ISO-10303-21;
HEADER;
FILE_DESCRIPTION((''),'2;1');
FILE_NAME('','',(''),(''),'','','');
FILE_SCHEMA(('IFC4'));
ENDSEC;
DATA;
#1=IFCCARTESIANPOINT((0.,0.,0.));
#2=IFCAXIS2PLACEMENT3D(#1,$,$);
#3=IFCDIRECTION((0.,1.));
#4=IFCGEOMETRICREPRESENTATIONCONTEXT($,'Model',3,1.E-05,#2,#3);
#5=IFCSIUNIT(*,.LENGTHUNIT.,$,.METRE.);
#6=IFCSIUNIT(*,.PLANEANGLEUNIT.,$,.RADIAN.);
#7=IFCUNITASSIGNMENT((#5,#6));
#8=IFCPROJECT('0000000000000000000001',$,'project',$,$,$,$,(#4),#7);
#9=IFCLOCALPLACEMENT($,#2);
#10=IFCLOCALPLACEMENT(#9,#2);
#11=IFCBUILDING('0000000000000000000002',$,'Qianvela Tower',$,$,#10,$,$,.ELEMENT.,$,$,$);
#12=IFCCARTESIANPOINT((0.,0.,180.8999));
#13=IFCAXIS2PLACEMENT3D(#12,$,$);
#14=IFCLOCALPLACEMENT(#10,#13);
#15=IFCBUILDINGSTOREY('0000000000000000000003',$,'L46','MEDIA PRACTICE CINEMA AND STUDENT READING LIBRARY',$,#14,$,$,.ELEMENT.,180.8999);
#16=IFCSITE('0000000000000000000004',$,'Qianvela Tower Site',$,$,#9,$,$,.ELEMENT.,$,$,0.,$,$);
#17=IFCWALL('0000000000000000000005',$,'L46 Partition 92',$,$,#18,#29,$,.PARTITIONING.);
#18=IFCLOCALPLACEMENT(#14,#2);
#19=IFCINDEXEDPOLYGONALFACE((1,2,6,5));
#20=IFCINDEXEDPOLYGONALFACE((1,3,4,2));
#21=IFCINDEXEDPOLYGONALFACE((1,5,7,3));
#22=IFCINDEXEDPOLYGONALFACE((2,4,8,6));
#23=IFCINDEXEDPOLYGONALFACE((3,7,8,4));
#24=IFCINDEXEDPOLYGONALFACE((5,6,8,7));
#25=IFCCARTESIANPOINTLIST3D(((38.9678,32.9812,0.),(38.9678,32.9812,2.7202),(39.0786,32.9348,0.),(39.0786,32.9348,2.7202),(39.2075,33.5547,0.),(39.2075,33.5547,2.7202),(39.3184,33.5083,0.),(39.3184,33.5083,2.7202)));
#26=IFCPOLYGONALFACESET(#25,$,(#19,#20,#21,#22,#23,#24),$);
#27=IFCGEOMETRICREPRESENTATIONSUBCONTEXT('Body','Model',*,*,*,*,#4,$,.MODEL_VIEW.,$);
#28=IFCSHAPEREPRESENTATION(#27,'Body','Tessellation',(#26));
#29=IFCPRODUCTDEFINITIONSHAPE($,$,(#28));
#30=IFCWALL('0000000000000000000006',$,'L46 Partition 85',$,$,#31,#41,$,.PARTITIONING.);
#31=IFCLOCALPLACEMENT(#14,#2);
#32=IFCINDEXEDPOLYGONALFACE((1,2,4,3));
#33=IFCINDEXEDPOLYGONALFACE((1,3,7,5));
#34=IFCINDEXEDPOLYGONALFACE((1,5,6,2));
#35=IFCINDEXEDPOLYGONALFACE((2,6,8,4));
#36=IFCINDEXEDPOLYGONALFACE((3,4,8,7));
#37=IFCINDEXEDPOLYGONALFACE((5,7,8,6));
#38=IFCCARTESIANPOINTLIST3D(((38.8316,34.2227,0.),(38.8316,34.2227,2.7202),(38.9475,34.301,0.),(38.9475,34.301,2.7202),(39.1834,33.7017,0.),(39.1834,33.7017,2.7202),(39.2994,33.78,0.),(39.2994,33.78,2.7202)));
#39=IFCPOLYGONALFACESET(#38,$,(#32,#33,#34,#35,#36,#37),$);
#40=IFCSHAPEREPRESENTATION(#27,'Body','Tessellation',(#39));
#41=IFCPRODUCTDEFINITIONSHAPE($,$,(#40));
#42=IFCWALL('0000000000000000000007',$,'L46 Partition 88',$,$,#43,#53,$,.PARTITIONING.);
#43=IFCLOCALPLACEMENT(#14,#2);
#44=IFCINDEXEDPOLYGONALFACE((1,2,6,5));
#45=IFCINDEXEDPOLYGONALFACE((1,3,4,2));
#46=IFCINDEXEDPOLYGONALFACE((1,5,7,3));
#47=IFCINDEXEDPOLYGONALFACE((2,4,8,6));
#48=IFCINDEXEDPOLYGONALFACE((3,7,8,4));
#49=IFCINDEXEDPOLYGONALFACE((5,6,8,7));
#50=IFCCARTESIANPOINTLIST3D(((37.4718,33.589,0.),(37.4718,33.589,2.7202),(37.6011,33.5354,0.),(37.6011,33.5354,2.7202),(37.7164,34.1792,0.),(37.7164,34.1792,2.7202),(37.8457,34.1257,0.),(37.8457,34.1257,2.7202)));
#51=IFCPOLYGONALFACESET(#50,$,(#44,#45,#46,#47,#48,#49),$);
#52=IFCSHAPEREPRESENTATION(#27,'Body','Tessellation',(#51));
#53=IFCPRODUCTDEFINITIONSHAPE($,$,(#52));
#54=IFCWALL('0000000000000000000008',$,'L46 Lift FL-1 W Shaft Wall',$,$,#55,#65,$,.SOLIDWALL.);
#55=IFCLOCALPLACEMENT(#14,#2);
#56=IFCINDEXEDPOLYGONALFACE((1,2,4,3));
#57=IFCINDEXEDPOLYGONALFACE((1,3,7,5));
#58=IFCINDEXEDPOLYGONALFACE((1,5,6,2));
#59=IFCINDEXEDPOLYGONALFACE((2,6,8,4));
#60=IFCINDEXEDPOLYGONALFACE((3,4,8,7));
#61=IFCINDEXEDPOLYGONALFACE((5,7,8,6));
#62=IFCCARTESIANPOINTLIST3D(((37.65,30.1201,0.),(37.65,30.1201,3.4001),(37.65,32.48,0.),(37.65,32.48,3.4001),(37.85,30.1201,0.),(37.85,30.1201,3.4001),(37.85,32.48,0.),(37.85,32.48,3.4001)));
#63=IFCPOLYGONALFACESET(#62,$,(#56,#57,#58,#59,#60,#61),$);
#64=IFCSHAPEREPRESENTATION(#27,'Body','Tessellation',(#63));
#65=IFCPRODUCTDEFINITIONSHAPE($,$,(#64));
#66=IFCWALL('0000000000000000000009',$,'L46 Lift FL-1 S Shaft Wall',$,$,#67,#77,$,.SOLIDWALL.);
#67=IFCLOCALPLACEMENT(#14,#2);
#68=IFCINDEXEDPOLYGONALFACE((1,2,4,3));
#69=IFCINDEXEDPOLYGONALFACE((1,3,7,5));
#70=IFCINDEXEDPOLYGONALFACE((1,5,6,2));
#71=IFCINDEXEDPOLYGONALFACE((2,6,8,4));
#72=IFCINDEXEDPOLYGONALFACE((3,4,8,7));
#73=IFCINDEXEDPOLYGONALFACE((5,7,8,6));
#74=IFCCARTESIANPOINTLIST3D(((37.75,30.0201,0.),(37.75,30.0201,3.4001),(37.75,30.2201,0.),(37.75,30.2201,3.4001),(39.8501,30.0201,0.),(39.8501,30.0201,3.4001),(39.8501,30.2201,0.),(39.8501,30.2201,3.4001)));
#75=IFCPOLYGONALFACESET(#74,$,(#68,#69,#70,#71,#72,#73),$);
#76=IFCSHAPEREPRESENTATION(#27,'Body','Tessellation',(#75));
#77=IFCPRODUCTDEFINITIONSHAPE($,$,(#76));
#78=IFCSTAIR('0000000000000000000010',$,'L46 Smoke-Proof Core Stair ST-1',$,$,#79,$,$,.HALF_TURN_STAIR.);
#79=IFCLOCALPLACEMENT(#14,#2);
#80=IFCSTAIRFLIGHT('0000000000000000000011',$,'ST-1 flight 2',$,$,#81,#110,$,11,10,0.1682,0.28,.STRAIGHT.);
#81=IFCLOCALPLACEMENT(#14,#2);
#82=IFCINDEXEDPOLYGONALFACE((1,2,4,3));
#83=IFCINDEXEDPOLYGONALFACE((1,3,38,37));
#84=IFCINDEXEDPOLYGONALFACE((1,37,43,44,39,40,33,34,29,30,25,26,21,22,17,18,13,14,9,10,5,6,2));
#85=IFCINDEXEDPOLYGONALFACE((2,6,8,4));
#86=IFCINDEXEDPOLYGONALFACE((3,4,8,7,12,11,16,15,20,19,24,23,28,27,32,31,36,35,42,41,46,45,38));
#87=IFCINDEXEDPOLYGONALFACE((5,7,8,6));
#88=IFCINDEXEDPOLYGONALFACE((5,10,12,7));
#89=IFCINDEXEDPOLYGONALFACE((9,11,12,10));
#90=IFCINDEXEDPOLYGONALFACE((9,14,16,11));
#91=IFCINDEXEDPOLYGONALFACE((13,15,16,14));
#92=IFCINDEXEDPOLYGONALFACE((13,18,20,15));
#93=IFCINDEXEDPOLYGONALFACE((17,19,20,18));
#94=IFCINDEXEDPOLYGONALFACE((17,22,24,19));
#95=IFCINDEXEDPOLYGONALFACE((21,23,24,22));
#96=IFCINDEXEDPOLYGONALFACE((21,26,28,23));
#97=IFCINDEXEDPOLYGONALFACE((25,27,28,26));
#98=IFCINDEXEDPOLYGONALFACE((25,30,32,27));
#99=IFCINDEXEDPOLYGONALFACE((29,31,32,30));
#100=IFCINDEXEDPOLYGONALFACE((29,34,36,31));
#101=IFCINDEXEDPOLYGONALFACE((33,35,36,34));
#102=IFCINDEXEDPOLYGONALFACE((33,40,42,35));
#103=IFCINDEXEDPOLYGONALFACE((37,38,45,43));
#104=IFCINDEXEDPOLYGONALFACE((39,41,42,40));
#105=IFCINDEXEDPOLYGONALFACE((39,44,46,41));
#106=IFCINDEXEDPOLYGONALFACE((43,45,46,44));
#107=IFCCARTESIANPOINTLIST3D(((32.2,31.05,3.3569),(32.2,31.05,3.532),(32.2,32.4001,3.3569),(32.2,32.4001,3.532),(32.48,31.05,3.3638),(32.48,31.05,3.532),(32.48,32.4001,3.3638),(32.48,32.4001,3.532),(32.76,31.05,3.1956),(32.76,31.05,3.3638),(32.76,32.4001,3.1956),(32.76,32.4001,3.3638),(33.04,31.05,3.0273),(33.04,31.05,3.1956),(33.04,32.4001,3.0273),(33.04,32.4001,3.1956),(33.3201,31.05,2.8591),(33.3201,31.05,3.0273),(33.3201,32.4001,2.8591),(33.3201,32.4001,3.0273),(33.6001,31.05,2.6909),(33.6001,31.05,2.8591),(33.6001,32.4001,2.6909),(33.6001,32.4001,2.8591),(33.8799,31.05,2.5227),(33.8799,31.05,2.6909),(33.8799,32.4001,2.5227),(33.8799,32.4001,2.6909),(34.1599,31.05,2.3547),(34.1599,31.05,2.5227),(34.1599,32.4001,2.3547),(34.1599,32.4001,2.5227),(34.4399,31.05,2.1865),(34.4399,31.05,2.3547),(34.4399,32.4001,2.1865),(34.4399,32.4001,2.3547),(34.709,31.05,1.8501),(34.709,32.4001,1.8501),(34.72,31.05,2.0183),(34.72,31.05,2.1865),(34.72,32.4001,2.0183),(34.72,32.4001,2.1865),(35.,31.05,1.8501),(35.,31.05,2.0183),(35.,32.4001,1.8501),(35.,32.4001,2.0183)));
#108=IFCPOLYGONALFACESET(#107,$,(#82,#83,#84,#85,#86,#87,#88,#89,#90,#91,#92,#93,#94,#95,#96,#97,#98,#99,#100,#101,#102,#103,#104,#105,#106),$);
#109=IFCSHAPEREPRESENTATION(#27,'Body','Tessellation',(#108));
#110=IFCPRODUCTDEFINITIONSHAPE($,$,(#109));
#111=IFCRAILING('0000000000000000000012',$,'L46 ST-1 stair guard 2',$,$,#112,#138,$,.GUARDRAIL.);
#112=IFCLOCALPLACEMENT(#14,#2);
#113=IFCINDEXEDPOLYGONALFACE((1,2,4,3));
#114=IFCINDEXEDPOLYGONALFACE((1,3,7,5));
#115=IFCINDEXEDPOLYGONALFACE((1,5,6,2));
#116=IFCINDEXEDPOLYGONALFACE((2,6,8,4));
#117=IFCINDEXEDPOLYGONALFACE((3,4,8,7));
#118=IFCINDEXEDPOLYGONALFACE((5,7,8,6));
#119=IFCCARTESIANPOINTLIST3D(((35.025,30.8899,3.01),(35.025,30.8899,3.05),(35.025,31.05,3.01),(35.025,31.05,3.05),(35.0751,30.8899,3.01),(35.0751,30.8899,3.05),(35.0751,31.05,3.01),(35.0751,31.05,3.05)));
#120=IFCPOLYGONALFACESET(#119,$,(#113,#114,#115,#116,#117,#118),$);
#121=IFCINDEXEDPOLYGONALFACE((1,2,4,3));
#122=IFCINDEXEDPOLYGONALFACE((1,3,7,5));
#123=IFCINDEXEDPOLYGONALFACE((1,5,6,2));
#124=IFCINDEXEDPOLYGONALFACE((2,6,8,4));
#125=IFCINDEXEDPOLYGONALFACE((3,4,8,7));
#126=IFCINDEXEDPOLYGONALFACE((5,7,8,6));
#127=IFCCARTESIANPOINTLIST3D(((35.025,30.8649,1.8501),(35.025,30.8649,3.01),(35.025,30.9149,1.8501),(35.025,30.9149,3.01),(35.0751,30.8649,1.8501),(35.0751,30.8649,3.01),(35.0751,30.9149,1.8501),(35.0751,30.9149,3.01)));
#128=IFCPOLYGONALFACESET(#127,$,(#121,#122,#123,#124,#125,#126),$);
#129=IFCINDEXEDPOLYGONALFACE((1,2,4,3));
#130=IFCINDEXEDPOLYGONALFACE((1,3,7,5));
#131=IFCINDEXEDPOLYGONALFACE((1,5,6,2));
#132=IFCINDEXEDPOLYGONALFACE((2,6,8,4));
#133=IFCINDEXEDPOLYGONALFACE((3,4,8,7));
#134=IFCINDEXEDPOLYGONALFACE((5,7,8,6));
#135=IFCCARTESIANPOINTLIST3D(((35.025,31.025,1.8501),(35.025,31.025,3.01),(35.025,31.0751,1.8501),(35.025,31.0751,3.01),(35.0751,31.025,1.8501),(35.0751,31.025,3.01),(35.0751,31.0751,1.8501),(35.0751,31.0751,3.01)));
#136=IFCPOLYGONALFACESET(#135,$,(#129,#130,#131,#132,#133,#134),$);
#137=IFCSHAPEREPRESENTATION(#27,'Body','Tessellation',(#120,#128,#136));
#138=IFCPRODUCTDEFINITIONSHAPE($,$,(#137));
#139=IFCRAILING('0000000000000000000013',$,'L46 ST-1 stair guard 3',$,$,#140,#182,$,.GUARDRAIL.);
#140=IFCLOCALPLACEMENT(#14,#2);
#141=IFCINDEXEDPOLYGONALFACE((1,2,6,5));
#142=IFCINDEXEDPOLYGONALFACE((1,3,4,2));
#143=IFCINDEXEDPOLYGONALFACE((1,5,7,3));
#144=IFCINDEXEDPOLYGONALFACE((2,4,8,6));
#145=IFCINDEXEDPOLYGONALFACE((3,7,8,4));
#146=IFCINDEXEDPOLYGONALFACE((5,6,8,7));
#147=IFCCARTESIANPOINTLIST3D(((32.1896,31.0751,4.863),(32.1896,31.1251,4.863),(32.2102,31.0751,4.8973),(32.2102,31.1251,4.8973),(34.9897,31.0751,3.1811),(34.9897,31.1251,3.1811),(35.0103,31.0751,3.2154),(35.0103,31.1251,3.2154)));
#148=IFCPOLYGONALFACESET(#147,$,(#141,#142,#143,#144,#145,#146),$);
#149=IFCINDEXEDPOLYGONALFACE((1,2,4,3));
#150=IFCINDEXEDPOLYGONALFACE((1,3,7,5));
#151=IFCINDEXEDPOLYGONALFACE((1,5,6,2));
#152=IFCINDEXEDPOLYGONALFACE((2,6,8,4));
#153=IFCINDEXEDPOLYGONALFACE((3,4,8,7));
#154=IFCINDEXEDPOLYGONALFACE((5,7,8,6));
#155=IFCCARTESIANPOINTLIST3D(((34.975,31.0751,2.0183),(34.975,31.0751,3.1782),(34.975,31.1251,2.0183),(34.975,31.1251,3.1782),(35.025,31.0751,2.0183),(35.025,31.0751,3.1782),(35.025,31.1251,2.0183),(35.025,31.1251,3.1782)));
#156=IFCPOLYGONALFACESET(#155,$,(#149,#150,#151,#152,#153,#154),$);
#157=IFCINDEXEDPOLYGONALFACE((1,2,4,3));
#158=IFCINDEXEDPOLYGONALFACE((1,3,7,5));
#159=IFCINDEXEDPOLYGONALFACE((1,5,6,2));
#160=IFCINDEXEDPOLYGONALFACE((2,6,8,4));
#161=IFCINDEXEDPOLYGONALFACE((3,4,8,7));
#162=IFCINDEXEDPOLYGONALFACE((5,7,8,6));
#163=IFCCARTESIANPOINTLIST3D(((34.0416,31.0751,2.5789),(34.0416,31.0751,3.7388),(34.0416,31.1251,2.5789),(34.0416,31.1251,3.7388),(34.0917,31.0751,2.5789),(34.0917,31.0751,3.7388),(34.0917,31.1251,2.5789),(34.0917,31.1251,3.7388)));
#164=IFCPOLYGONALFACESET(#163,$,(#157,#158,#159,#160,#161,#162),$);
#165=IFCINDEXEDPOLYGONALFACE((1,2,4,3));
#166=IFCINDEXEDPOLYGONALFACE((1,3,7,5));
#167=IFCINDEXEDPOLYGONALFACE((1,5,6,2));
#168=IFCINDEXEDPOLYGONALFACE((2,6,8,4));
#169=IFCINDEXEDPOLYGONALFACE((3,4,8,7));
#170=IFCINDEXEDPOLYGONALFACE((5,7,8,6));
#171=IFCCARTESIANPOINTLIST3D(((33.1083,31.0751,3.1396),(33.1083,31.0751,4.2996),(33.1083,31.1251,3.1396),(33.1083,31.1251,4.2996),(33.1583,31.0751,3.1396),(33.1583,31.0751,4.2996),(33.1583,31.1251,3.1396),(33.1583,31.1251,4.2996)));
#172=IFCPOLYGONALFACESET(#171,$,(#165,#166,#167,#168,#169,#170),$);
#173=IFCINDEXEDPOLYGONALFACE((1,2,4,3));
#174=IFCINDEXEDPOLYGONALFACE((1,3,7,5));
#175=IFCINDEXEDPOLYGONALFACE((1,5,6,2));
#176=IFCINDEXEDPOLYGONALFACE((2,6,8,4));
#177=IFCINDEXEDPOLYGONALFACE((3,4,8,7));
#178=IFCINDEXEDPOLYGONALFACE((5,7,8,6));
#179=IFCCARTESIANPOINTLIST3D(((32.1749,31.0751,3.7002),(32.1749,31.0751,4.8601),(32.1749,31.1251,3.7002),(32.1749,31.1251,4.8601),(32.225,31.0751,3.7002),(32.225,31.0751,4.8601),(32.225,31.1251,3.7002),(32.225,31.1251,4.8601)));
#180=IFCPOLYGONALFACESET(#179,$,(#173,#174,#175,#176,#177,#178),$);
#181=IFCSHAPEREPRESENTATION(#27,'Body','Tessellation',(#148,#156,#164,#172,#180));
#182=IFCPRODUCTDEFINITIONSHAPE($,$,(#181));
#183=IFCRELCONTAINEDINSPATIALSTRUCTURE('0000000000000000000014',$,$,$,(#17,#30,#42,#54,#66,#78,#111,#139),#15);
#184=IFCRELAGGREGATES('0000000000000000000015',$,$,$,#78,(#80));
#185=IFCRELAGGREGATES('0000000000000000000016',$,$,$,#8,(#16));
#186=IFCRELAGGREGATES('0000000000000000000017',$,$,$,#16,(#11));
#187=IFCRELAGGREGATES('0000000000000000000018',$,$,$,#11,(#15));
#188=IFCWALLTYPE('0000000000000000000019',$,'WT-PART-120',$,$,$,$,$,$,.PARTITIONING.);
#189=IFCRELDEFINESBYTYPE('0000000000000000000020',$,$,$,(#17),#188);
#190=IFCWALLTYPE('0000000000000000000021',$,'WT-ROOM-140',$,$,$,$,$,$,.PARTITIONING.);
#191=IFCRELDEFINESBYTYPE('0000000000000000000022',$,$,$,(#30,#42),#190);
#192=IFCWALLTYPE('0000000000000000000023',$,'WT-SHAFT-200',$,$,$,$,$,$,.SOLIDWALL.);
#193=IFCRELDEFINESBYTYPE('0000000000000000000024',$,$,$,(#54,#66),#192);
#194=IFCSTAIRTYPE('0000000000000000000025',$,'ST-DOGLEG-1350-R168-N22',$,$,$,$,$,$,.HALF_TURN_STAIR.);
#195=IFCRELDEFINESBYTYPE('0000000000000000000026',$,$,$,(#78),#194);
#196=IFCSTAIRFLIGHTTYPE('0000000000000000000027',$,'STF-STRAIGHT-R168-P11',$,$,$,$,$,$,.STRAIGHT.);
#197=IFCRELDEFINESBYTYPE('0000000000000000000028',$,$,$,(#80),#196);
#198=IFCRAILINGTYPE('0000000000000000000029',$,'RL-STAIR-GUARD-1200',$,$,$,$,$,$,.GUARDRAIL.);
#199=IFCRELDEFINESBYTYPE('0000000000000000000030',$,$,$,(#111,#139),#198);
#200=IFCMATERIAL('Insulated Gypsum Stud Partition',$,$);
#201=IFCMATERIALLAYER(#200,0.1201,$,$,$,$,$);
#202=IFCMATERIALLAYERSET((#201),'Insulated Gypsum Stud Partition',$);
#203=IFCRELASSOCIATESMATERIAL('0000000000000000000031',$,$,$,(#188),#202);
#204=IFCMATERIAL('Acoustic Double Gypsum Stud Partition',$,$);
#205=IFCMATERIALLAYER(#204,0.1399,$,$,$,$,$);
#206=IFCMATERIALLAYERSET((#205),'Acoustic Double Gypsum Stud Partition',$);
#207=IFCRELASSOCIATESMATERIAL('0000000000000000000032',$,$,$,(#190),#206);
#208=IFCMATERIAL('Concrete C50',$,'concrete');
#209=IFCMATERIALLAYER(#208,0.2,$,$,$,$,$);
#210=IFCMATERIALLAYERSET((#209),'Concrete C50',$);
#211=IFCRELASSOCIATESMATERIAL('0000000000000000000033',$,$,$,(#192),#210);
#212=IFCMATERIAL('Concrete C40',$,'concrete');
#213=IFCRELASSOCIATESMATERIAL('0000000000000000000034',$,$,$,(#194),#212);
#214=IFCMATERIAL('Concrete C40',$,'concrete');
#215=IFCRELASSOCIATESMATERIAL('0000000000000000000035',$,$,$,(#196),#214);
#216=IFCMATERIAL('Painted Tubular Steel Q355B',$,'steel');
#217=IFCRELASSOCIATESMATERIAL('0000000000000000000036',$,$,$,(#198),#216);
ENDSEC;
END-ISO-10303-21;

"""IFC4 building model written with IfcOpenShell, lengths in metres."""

from ifc_helpers import new_model, si_unit, direction, frame, frame_2d, origin, origin_2d, place, context, subcontext, project, spatial, polyline, rectangle, outline, extrude, material, layer, layer_set, type_object, element, aggregate, save


model = new_model("IFC4")

# Units and contexts
model_context = context("Model", 3, precision=1e-05, world=origin(), true_north=direction((0.0, 1.0)))
body_context = subcontext(model_context, "Body", "Model", "MODEL_VIEW")
ifc_project = project(units=[si_unit("LENGTHUNIT", "METRE"), si_unit("PLANEANGLEUNIT", "RADIAN")], contexts=[model_context])

# Site, building, storey
site_placement = place(None, origin())
site = spatial("IfcSite", under=ifc_project, at=site_placement, Name="Qianvela Tower Site", CompositionType="ELEMENT", RefElevation=0.0)
building_placement = place(site_placement, origin())
building = spatial("IfcBuilding", under=site, at=building_placement, Name="Qianvela Tower", CompositionType="ELEMENT")
storey_placement = place(building_placement, frame((0.0, 0.0, 180.8999)))
storey = spatial("IfcBuildingStorey", under=building, at=storey_placement, Name="L46", Description="MEDIA PRACTICE CINEMA AND STUDENT READING LIBRARY", CompositionType="ELEMENT", Elevation=180.8999)

# Walls
ifc_material_1 = material(Name="Insulated Gypsum Stud Partition")
ifc_layer_1 = layer(ifc_material_1, 0.1201)
ifc_layer_set_1 = layer_set([ifc_layer_1], Name="Insulated Gypsum Stud Partition")
wall_type_1 = type_object("IfcWallType", Name="WT-PART-120", PredefinedType="PARTITIONING", material=ifc_layer_set_1)
wall_1_placement = place(storey_placement, frame((39.0232, 32.958, 0.0), z_axis=(0.0, 0.0, 1.0), x_axis=(0.385703, 0.922623, 0.0)))
element("IfcWall", 1, at=wall_1_placement, inside=storey, type_object=wall_type_1, Name="L46 Partition 92", PredefinedType="PARTITIONING", context=body_context, shape_type="SweptSolid", body=[
    extrude(rectangle(XDim=0.6216, YDim=0.1201, at=frame_2d((0.3108, 0.0))), origin(), (0.0, 0.0, 1.0), 2.7202),
])
ifc_material_2 = material(Name="Acoustic Double Gypsum Stud Partition")
ifc_layer_2 = layer(ifc_material_2, 0.1399)
ifc_layer_set_2 = layer_set([ifc_layer_2], Name="Acoustic Double Gypsum Stud Partition")
wall_type_2 = type_object("IfcWallType", Name="WT-ROOM-140", PredefinedType="PARTITIONING", material=ifc_layer_set_2)
wall_2_placement = place(storey_placement, frame((39.2415, 33.7407, 0.0), z_axis=(0.0, 0.0, 1.0), x_axis=(-0.55962, 0.82875, 0.0)))
element("IfcWall", 2, at=wall_2_placement, inside=storey, type_object=wall_type_2, Name="L46 Partition 85", PredefinedType="PARTITIONING", context=body_context, shape_type="SweptSolid", body=[
    extrude(rectangle(XDim=0.6287, YDim=0.1399, at=frame_2d((0.3145, 0.0))), origin(), (0.0, 0.0, 1.0), 2.7202),
])
wall_3_placement = place(storey_placement, frame((37.781, 34.1523, 0.0), z_axis=(0.0, 0.0, 1.0), x_axis=(-0.382824, -0.923821, 0.0)))
element("IfcWall", 3, at=wall_3_placement, inside=storey, type_object=wall_type_2, Name="L46 Partition 88", PredefinedType="PARTITIONING", context=body_context, shape_type="SweptSolid", body=[
    extrude(rectangle(XDim=0.6389, YDim=0.1399, at=frame_2d((0.3193, 0.0))), origin(), (0.0, 0.0, 1.0), 2.7202),
])

# Shared definitions
ifc_material_3 = material(Name="Concrete C50", Category="concrete")
ifc_layer_3 = layer(ifc_material_3, 0.2)
ifc_layer_set_3 = layer_set([ifc_layer_3], Name="Concrete C50")
wall_type_3 = type_object("IfcWallType", Name="WT-SHAFT-200", PredefinedType="SOLIDWALL", material=ifc_layer_set_3)

# Walls
wall_4_placement = place(storey_placement, frame((37.75, 30.1201, 0.0), z_axis=(0.0, 0.0, 1.0), x_axis=(0.0, 1.0, 0.0)))
element("IfcWall", 4, at=wall_4_placement, inside=storey, type_object=wall_type_3, Name="L46 Lift FL-1 W Shaft Wall", PredefinedType="SOLIDWALL", context=body_context, shape_type="SweptSolid", body=[
    extrude(rectangle(XDim=2.3599, YDim=0.2, at=frame_2d((1.1799, 0.0))), origin(), (0.0, 0.0, 1.0), 3.4001),
])
wall_5_placement = place(storey_placement, frame((37.75, 30.1201, 0.0), z_axis=(0.0, 0.0, 1.0), x_axis=(1.0, 0.0, 0.0)))
element("IfcWall", 5, at=wall_5_placement, inside=storey, type_object=wall_type_3, Name="L46 Lift FL-1 S Shaft Wall", PredefinedType="SOLIDWALL", context=body_context, shape_type="SweptSolid", body=[
    extrude(rectangle(XDim=2.1001, YDim=0.2, at=frame_2d((1.05, 0.0))), origin(), (0.0, 0.0, 1.0), 3.4001),
])

# Stair, stair flight
ifc_material_4 = material(Name="Concrete C40", Category="concrete")
stair_type = type_object("IfcStairType", Name="ST-DOGLEG-1350-R168-N22", PredefinedType="HALF_TURN_STAIR", material=ifc_material_4)
stair_placement = place(storey_placement, origin())
stair = element("IfcStair", 6, at=stair_placement, inside=storey, type_object=stair_type, Name="L46 Smoke-Proof Core Stair ST-1", PredefinedType="HALF_TURN_STAIR")
ifc_material_5 = material(Name="Concrete C40", Category="concrete")
stair_flight_type = type_object("IfcStairFlightType", Name="STF-STRAIGHT-R168-P11", PredefinedType="STRAIGHT", material=ifc_material_5)
stair_flight_placement = place(storey_placement, frame((35.0, 31.7251, 1.8501), z_axis=(0.0, 0.0, 1.0), x_axis=(-1.0, 0.0, 0.0)))
stair_flight = element("IfcStairFlight", 7, at=stair_flight_placement, type_object=stair_flight_type, Name="ST-1 flight 2", NumberOfRisers=11, NumberOfTreads=10, PredefinedType="STRAIGHT", RiserHeight=0.1682, TreadLength=0.28, context=body_context, shape_type="SweptSolid", body=[
    extrude(outline(polyline([(0.0, 0.0), (0.0, 0.1682), (0.28, 0.1682), (0.28, 0.3364), (0.5601, 0.3364), (0.5601, 0.5046), (0.8401, 0.5046), (0.8401, 0.6726), (1.1201, 0.6726), (1.1201, 0.8408), (1.3999, 0.8408), (1.3999, 1.009), (1.6799, 1.009), (1.6799, 1.1772), (1.96, 1.1772), (1.96, 1.3455), (2.24, 1.3455), (2.24, 1.5137), (2.52, 1.5137), (2.52, 1.6819), (2.8, 1.6819), (2.8, 1.8501), (2.8, 1.5068), (0.291, 0.0), (0.0, 0.0)])), frame((0.0, 0.675, 0.0), z_axis=(0.0, -1.0, 0.0), x_axis=(1.0, 0.0, 0.0)), (0.0, 0.0, 1.0), 1.3501),
])
aggregate(stair, [stair_flight])

# Railings
ifc_material_6 = material(Name="Painted Tubular Steel Q355B", Category="steel")
railing_type_1 = type_object("IfcRailingType", Name="RL-STAIR-GUARD-1200", PredefinedType="GUARDRAIL", material=ifc_material_6)
railing_1_placement = place(storey_placement, frame((35.05, 30.8899, 1.8501)))
element("IfcRailing", 8, at=railing_1_placement, inside=storey, type_object=railing_type_1, Name="L46 ST-1 stair guard 2", PredefinedType="GUARDRAIL", context=body_context, shape_type="SweptSolid", body=[
    extrude(rectangle(XDim=0.05, YDim=0.04, at=origin_2d()), frame((0.0, 0.0, 1.1799), z_axis=(0.0, 1.0, 0.0), x_axis=(-1.0, 0.0, 0.0)), (0.0, 0.0, 1.0), 0.1602),
    extrude(rectangle(XDim=0.05, YDim=0.05, at=origin_2d()), origin(), (0.0, 0.0, 1.0), 1.1599),
    extrude(rectangle(XDim=0.05, YDim=0.05, at=origin_2d()), frame((0.0, 0.1602, 0.0)), (0.0, 0.0, 1.0), 1.1599),
])
railing_2_placement = place(storey_placement, frame((35.0, 31.1001, 2.0183)))
element("IfcRailing", 9, at=railing_2_placement, inside=storey, type_object=railing_type_1, Name="L46 ST-1 stair guard 3", PredefinedType="GUARDRAIL", context=body_context, shape_type="SweptSolid", body=[
    extrude(rectangle(XDim=0.05, YDim=0.04, at=origin_2d()), frame((0.0, 0.0, 1.1799), z_axis=(-0.857242, 0.0, 0.514913), x_axis=(0.0, -1.0, 0.0)), (0.0, 0.0, 1.0), 3.2664),
    extrude(rectangle(XDim=0.05, YDim=0.05, at=origin_2d()), origin(), (0.0, 0.0, 1.0), 1.1599),
    extrude(rectangle(XDim=0.05, YDim=0.05, at=origin_2d()), frame((-0.9333, 0.0, 0.5605)), (0.0, 0.0, 1.0), 1.1599),
    extrude(rectangle(XDim=0.05, YDim=0.05, at=origin_2d()), frame((-1.8667, 0.0, 1.1213)), (0.0, 0.0, 1.0), 1.1599),
    extrude(rectangle(XDim=0.05, YDim=0.05, at=origin_2d()), frame((-2.8, 0.0, 1.6819)), (0.0, 0.0, 1.0), 1.1599),
])

save(model, "model.ifc")
